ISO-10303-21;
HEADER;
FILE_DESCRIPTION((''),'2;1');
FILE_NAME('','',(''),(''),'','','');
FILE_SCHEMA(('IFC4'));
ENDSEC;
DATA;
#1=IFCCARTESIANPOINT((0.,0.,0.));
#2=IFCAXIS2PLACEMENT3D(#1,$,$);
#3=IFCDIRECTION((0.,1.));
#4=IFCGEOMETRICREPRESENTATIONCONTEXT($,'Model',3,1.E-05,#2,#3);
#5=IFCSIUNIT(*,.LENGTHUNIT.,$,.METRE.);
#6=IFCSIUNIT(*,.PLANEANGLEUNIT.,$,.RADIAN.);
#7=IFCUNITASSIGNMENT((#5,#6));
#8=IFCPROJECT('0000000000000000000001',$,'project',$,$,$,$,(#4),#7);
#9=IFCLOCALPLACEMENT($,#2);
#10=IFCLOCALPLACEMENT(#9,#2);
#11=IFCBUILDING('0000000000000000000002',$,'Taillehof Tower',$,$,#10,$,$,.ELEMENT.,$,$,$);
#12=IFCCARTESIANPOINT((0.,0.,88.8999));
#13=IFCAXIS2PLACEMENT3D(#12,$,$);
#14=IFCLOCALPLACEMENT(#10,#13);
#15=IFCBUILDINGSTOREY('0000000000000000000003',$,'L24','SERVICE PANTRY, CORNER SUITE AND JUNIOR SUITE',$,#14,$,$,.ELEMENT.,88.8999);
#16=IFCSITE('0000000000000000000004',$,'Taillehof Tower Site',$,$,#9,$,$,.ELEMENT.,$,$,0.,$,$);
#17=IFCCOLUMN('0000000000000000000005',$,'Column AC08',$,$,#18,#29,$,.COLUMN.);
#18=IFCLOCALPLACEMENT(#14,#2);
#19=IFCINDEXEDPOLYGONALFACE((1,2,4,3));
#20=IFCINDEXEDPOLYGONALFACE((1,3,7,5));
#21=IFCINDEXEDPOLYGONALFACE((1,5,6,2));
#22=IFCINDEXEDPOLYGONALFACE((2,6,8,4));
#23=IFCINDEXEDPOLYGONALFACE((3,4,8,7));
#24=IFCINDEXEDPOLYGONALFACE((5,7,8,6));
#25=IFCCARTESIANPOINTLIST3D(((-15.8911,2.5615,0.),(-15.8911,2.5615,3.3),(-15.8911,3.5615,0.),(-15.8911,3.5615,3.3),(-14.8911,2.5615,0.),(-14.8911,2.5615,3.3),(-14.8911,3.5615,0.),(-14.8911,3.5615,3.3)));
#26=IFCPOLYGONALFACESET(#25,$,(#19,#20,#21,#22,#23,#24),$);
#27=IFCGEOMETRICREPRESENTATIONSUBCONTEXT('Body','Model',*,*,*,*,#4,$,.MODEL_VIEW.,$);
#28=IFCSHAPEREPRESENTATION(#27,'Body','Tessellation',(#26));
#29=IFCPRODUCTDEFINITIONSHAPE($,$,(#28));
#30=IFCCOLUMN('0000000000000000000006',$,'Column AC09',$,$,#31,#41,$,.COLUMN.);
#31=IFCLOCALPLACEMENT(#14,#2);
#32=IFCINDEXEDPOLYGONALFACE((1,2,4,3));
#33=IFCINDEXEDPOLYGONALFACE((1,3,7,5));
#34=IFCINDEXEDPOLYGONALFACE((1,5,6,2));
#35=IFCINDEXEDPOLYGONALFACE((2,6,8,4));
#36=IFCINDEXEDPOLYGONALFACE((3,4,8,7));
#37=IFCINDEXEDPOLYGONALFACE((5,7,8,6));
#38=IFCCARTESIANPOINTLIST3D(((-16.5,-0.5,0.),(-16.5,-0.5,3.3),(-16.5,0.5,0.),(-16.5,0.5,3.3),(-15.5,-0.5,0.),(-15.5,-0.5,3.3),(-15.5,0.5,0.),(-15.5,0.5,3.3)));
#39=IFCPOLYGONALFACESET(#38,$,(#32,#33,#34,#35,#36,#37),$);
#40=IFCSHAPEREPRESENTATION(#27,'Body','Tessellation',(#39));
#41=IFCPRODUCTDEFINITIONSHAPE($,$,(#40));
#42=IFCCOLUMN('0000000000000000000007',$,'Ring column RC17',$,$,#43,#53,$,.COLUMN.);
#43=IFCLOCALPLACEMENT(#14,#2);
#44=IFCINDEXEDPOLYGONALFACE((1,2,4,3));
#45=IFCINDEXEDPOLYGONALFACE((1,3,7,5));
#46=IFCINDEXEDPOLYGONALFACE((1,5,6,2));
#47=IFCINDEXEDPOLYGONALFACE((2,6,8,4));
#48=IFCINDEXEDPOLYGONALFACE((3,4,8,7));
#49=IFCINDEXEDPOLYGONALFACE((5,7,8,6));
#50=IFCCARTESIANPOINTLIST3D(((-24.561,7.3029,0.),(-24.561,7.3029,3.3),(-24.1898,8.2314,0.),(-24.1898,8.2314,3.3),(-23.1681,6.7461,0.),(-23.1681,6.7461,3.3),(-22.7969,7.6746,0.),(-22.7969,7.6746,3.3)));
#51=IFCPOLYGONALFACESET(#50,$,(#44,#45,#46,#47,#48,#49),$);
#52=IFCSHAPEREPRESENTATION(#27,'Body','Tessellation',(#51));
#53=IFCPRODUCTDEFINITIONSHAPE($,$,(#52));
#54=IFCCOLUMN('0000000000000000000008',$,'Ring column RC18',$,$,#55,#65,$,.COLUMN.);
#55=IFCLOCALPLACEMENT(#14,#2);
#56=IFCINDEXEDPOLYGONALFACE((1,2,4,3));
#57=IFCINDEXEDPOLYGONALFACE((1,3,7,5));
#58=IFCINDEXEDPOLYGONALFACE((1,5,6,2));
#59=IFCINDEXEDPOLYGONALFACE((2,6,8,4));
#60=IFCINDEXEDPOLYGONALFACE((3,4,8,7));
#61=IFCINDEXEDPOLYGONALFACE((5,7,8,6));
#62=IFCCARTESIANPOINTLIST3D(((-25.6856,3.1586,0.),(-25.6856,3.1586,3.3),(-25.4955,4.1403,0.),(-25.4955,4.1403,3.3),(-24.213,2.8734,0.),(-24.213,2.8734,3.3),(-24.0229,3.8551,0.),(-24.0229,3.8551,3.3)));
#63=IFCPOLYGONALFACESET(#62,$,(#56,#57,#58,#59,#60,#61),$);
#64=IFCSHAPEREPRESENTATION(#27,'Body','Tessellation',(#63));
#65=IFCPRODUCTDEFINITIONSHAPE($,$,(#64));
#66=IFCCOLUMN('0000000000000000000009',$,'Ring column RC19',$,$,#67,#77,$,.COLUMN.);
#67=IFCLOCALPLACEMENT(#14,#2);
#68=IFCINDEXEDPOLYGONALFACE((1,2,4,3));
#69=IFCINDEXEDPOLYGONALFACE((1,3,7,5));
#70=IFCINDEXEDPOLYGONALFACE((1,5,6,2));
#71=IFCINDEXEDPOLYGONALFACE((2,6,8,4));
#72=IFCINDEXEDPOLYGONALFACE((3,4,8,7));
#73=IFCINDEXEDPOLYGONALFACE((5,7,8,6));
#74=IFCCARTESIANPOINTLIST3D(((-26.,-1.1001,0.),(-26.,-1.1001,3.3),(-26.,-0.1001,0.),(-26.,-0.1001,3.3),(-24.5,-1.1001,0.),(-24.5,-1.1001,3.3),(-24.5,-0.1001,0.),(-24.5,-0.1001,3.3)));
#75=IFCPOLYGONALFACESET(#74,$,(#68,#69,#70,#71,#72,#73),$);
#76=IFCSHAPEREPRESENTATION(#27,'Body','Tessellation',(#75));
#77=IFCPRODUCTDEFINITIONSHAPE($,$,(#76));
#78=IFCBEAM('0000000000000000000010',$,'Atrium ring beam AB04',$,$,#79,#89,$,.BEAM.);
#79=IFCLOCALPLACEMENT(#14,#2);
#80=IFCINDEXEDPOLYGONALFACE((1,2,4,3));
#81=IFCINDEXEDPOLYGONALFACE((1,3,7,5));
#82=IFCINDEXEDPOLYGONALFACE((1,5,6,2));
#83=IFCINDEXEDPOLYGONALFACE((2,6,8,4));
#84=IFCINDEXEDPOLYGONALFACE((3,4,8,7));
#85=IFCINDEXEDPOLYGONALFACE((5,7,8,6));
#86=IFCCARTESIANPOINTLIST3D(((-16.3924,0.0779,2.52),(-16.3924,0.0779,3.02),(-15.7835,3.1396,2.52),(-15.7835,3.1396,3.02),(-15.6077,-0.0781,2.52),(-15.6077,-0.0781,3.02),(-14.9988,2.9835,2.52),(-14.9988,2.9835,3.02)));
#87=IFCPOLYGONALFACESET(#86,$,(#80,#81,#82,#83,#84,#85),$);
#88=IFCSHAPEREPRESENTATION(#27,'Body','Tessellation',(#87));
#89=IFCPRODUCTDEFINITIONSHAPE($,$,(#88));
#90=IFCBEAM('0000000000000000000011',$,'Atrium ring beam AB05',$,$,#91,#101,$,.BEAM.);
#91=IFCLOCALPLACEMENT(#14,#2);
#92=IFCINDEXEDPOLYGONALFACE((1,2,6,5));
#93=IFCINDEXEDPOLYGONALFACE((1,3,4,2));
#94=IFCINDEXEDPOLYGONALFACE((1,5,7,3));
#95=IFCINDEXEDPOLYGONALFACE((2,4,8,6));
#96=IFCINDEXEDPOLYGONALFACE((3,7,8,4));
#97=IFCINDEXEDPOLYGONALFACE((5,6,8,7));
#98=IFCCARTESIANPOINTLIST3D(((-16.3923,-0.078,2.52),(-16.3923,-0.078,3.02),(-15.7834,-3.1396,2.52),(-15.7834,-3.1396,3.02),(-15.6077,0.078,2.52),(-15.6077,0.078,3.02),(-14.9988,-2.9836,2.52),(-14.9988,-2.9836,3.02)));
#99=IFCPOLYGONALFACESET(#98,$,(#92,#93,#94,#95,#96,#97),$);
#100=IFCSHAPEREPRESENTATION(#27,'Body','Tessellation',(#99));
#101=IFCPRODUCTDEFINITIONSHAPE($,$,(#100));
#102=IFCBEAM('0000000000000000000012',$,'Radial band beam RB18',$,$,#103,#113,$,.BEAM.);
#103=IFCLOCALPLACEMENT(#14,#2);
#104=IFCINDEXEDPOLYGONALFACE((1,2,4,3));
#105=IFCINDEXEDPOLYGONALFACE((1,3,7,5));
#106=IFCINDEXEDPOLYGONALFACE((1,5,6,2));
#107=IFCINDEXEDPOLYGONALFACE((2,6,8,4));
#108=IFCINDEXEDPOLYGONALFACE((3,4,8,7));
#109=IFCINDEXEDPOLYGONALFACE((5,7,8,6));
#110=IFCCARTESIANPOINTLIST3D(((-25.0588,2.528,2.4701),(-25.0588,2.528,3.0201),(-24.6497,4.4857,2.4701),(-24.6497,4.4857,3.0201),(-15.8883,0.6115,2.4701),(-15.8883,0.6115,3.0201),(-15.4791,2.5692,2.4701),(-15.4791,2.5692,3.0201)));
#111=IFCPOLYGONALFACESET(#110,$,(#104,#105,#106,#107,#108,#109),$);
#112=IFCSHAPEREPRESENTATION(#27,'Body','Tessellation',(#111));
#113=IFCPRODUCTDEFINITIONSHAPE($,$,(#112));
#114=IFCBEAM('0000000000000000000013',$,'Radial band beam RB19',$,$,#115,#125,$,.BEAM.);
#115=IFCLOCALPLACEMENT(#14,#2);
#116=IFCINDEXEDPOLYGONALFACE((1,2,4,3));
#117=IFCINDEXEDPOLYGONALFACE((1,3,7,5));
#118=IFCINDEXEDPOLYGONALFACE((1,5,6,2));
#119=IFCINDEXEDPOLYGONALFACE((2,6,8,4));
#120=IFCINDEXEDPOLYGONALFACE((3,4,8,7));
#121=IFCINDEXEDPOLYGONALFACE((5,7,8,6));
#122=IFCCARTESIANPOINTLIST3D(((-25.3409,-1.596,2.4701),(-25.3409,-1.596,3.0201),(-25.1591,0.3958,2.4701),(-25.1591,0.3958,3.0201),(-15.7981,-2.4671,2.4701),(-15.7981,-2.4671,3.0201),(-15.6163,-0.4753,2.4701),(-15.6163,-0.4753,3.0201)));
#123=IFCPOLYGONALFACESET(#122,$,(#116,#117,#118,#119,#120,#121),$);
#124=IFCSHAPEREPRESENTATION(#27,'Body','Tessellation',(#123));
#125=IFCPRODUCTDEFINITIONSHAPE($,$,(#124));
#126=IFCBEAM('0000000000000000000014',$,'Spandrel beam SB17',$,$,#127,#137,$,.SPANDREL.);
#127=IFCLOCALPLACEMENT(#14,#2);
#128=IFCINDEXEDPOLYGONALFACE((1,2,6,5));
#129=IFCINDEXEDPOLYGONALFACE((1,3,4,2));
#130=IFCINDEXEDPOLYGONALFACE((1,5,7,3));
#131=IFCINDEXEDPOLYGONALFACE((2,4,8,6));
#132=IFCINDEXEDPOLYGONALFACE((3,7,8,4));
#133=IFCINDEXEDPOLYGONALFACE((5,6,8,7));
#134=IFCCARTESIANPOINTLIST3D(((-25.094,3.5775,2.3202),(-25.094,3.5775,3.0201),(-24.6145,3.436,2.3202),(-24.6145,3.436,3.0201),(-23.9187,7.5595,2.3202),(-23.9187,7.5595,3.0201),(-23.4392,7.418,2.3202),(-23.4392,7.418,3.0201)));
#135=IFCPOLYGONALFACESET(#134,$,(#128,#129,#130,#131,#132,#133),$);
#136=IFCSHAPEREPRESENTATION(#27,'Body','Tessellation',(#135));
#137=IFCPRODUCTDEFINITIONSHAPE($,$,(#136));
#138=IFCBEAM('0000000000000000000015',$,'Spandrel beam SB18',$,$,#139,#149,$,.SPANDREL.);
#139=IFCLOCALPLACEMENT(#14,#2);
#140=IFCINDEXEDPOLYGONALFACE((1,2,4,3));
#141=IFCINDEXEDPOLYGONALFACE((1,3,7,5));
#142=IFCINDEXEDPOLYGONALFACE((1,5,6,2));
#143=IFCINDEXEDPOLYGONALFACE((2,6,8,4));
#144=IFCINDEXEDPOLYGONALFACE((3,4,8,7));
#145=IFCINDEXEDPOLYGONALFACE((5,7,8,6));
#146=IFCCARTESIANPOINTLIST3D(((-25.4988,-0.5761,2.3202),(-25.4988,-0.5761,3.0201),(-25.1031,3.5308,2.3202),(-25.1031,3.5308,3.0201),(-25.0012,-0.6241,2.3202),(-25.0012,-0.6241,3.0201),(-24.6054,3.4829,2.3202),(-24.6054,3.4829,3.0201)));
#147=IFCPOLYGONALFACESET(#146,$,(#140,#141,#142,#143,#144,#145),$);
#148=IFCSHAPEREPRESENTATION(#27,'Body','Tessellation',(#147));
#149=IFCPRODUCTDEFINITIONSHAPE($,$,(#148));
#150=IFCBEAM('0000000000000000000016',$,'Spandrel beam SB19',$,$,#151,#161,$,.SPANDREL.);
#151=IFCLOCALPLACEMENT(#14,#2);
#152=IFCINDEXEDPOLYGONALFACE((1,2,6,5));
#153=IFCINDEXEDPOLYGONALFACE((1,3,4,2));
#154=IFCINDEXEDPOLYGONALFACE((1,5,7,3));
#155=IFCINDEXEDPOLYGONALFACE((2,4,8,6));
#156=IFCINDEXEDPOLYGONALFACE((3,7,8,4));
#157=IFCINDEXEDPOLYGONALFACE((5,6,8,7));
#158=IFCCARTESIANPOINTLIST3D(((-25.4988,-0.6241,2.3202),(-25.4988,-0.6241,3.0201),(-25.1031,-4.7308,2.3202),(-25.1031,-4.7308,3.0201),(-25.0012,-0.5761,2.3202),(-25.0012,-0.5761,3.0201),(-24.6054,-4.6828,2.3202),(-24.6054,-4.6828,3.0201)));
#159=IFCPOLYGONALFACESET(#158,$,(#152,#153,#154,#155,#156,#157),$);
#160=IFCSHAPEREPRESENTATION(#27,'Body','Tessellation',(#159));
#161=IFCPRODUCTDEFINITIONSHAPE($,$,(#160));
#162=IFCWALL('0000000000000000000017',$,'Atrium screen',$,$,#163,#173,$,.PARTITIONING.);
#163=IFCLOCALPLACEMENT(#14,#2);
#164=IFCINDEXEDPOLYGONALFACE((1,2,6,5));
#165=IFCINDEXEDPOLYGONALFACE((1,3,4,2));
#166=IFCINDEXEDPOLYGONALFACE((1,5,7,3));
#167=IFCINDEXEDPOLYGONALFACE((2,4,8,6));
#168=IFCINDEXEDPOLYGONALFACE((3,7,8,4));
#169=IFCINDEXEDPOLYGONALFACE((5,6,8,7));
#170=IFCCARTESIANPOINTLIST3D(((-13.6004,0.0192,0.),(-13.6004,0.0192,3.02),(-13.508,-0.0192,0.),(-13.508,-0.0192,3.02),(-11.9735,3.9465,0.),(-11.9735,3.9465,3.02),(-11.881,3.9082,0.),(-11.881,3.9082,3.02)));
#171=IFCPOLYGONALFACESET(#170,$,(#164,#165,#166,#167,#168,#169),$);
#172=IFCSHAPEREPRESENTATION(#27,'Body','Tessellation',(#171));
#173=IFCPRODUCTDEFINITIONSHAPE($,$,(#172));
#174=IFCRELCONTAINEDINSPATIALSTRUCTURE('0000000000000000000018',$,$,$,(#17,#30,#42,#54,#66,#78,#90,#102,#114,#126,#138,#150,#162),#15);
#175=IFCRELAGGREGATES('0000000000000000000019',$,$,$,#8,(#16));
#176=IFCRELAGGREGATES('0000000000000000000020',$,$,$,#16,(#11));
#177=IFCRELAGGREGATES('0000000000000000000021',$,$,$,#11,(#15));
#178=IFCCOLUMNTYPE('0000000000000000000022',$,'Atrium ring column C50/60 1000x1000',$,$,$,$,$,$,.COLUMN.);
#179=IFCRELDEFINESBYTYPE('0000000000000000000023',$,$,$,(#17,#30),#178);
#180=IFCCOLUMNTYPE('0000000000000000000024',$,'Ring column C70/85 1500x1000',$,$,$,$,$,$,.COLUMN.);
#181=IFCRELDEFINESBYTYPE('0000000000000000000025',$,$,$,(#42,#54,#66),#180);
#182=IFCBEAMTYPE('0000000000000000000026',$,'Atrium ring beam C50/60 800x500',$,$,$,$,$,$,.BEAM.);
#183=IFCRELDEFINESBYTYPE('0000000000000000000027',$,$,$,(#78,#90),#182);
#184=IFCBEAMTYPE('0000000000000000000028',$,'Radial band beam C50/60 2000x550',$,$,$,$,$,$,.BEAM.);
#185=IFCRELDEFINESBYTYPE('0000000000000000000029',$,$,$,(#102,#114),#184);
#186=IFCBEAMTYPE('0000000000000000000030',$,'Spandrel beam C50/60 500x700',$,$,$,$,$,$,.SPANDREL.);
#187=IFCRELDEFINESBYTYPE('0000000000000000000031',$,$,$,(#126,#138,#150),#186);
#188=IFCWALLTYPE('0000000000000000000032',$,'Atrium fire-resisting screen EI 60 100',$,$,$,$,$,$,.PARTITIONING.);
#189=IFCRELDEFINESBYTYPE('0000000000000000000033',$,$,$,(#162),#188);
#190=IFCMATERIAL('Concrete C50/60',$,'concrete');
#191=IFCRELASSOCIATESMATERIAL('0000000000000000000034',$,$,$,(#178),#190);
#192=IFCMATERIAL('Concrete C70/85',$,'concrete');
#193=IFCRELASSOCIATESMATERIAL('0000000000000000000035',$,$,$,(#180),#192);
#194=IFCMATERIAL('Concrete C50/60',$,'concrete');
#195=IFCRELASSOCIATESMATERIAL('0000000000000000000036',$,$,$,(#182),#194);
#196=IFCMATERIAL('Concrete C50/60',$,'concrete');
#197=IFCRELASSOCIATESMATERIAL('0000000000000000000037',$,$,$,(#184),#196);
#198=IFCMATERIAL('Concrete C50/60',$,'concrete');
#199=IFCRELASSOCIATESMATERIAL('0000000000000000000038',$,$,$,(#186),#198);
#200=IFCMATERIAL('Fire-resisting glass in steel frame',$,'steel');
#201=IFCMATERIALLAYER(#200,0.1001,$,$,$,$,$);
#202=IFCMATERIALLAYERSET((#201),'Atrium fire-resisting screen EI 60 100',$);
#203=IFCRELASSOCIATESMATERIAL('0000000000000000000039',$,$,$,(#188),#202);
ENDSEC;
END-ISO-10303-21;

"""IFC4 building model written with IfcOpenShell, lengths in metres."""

from ifc_helpers import new_model, si_unit, direction, frame, frame_2d, origin, origin_2d, place, context, subcontext, project, spatial, rectangle, extrude, material, layer, layer_set, material_profile, profile_set, type_object, element, save


model = new_model("IFC4")

# Units and contexts
model_context = context("Model", 3, precision=1e-05, world=origin(), true_north=direction((0.0, 1.0)))
body_context = subcontext(model_context, "Body", "Model", "MODEL_VIEW")
ifc_project = project(units=[si_unit("LENGTHUNIT", "METRE"), si_unit("PLANEANGLEUNIT", "RADIAN")], contexts=[model_context])

# Site, building, storey
site_placement = place(None, origin())
site = spatial("IfcSite", under=ifc_project, at=site_placement, Name="Taillehof Tower Site", CompositionType="ELEMENT", RefElevation=0.0)
building_placement = place(site_placement, origin())
building = spatial("IfcBuilding", under=site, at=building_placement, Name="Taillehof Tower", CompositionType="ELEMENT")
storey_placement = place(building_placement, frame((0.0, 0.0, 88.8999)))
storey = spatial("IfcBuildingStorey", under=building, at=storey_placement, Name="L24", Description="SERVICE PANTRY, CORNER SUITE AND JUNIOR SUITE", CompositionType="ELEMENT", Elevation=88.8999)

# Columns
ifc_material_1 = material(Name="Concrete C50/60", Category="concrete")
ifc_material_profile_1 = material_profile(ifc_material_1, rectangle(XDim=1.0, YDim=1.0, at=origin_2d()), Name="RC 1000x1000")
ifc_profile_set_1 = profile_set([ifc_material_profile_1], Name="Concrete C50/60")
column_type_1 = type_object("IfcColumnType", Name="Atrium ring column C50/60 1000x1000", PredefinedType="COLUMN", material=ifc_profile_set_1)
for number, where, z_axis, x_axis, name in (
    (1, (-15.3911, 3.0615, 0.0), (0.0, 0.0, 1.0), (1.0, 0.0, 0.0), "Column AC08"),
    (2, (-16.0, 0.0, 0.0), (0.0, 0.0, 1.0), (1.0, 0.0, 0.0), "Column AC09"),
):
    element("IfcColumn", number, at=place(storey_placement, frame(where, z_axis=z_axis, x_axis=x_axis)), inside=storey, type_object=column_type_1, Name=name, PredefinedType="COLUMN", context=body_context, shape_type="SweptSolid", body=[
        extrude(rectangle(XDim=1.0, YDim=1.0, at=origin_2d()), origin(), (0.0, 0.0, 1.0), 3.3),
    ])
ifc_material_2 = material(Name="Concrete C70/85", Category="concrete")
ifc_material_profile_2 = material_profile(ifc_material_2, rectangle(XDim=1.5, YDim=1.0, at=origin_2d()), Name="RC 1500x1000")
ifc_profile_set_2 = profile_set([ifc_material_profile_2], Name="Concrete C70/85")
column_type_2 = type_object("IfcColumnType", Name="Ring column C70/85 1500x1000", PredefinedType="COLUMN", material=ifc_profile_set_2)
for number, where, z_axis, x_axis, name in (
    (3, (-23.679, 7.4888, 0.0), (0.0, 0.0, 1.0), (-0.92855, 0.371207, 0.0), "Ring column RC17"),
    (4, (-24.8542, 3.5068, 0.0), (0.0, 0.0, 1.0), (-0.981757, 0.190138, 0.0), "Ring column RC18"),
    (5, (-25.25, -0.6001, 0.0), (0.0, 0.0, 1.0), (-1.0, 0.0, 0.0), "Ring column RC19"),
):
    element("IfcColumn", number, at=place(storey_placement, frame(where, z_axis=z_axis, x_axis=x_axis)), inside=storey, type_object=column_type_2, Name=name, PredefinedType="COLUMN", context=body_context, shape_type="SweptSolid", body=[
        extrude(rectangle(XDim=1.5, YDim=1.0, at=origin_2d()), origin(), (0.0, 0.0, 1.0), 3.3),
    ])

# Beams
ifc_material_3 = material(Name="Concrete C50/60", Category="concrete")
ifc_material_profile_3 = material_profile(ifc_material_3, rectangle(XDim=0.8, YDim=0.5, at=origin_2d()), Name="RC 800x500")
ifc_profile_set_3 = profile_set([ifc_material_profile_3], Name="Concrete C50/60")
beam_type_1 = type_object("IfcBeamType", Name="Atrium ring beam C50/60 800x500", PredefinedType="BEAM", material=ifc_profile_set_3)
for number, where, z_axis, x_axis, name in (
    (6, (-15.3911, 3.0615, 2.77), (-0.195063, -0.980791, 0.0), (0.980791, -0.195063, 0.0), "Atrium ring beam AB04"),
    (7, (-16.0, 0.0, 2.77), (0.195063, -0.980791, 0.0), (0.980791, 0.195063, 0.0), "Atrium ring beam AB05"),
):
    element("IfcBeam", number, at=place(storey_placement, frame(where, z_axis=z_axis, x_axis=x_axis)), inside=storey, type_object=beam_type_1, Name=name, PredefinedType="BEAM", context=body_context, shape_type="SweptSolid", body=[
        extrude(rectangle(XDim=0.8, YDim=0.5, at=origin_2d()), origin(), (0.0, 0.0, 1.0), 3.1216),
    ])
ifc_material_4 = material(Name="Concrete C50/60", Category="concrete")
ifc_material_profile_4 = material_profile(ifc_material_4, rectangle(XDim=2.0, YDim=0.55, at=origin_2d()), Name="RC 2000x550")
ifc_profile_set_4 = profile_set([ifc_material_profile_4], Name="Concrete C50/60")
beam_type_2 = type_object("IfcBeamType", Name="Radial band beam C50/60 2000x550", PredefinedType="BEAM", material=ifc_profile_set_4)
beam_1_placement = place(storey_placement, frame((-24.8542, 3.5068, 2.7451), z_axis=(0.978853, -0.204563, 0.0), x_axis=(0.204563, 0.978853, 0.0)))
element("IfcBeam", 8, at=beam_1_placement, inside=storey, type_object=beam_type_2, Name="Radial band beam RB18", PredefinedType="BEAM", context=body_context, shape_type="SweptSolid", body=[
    extrude(rectangle(XDim=2.0, YDim=0.55, at=origin_2d()), origin(), (0.0, 0.0, 1.0), 9.3687),
])
beam_2_placement = place(storey_placement, frame((-25.25, -0.6001, 2.7451), z_axis=(0.99586, -0.090906, 0.0), x_axis=(0.090906, 0.99586, 0.0)))
element("IfcBeam", 9, at=beam_2_placement, inside=storey, type_object=beam_type_2, Name="Radial band beam RB19", PredefinedType="BEAM", context=body_context, shape_type="SweptSolid", body=[
    extrude(rectangle(XDim=2.0, YDim=0.55, at=origin_2d()), origin(), (0.0, 0.0, 1.0), 9.5825),
])
ifc_material_5 = material(Name="Concrete C50/60", Category="concrete")
ifc_material_profile_5 = material_profile(ifc_material_5, rectangle(XDim=0.5, YDim=0.7, at=origin_2d()), Name="RC 500x700")
ifc_profile_set_5 = profile_set([ifc_material_profile_5], Name="Concrete C50/60")
beam_type_3 = type_object("IfcBeamType", Name="Spandrel beam C50/60 500x700", PredefinedType="SPANDREL", material=ifc_profile_set_5)
beam_3_placement = place(storey_placement, frame((-23.679, 7.4888, 2.6702), z_axis=(-0.283083, -0.959095, 0.0), x_axis=(0.959095, -0.283083, 0.0)))
element("IfcBeam", 10, at=beam_3_placement, inside=storey, type_object=beam_type_3, Name="Spandrel beam SB17", PredefinedType="SPANDREL", context=body_context, shape_type="SweptSolid", body=[
    extrude(rectangle(XDim=0.5, YDim=0.7, at=origin_2d()), origin(), (0.0, 0.0, 1.0), 4.1519),
])
beam_4_placement = place(storey_placement, frame((-24.8542, 3.5068, 2.6702), z_axis=(-0.095918, -0.995389, 0.0), x_axis=(0.995389, -0.095918, 0.0)))
element("IfcBeam", 11, at=beam_4_placement, inside=storey, type_object=beam_type_3, Name="Spandrel beam SB18", PredefinedType="SPANDREL", context=body_context, shape_type="SweptSolid", body=[
    extrude(rectangle(XDim=0.5, YDim=0.7, at=origin_2d()), origin(), (0.0, 0.0, 1.0), 4.126),
])
beam_5_placement = place(storey_placement, frame((-25.25, -0.6001, 2.6702), z_axis=(0.095923, -0.995389, 0.0), x_axis=(0.995389, 0.095923, 0.0)))
element("IfcBeam", 12, at=beam_5_placement, inside=storey, type_object=beam_type_3, Name="Spandrel beam SB19", PredefinedType="SPANDREL", context=body_context, shape_type="SweptSolid", body=[
    extrude(rectangle(XDim=0.5, YDim=0.7, at=origin_2d()), origin(), (0.0, 0.0, 1.0), 4.1257),
])

# Wall
ifc_material_6 = material(Name="Fire-resisting glass in steel frame", Category="steel")
ifc_layer_1 = layer(ifc_material_6, 0.1001)
ifc_layer_set_1 = layer_set([ifc_layer_1], Name="Atrium fire-resisting screen EI 60 100")
wall_type_1 = type_object("IfcWallType", Name="Atrium fire-resisting screen EI 60 100", PredefinedType="PARTITIONING", material=ifc_layer_set_1)
wall_1_placement = place(storey_placement, frame((-13.5542, 0.0, 0.0), z_axis=(0.0, 0.0, 1.0), x_axis=(0.382731, 0.92386, 0.0)))
element("IfcWall", 13, at=wall_1_placement, inside=storey, type_object=wall_type_1, Name="Atrium screen", PredefinedType="PARTITIONING", context=body_context, shape_type="SweptSolid", body=[
    extrude(rectangle(XDim=4.251, YDim=0.1001, at=frame_2d((2.1255, 0.0))), origin(), (0.0, 0.0, 1.0), 3.02),
])

save(model, "model.ifc")
